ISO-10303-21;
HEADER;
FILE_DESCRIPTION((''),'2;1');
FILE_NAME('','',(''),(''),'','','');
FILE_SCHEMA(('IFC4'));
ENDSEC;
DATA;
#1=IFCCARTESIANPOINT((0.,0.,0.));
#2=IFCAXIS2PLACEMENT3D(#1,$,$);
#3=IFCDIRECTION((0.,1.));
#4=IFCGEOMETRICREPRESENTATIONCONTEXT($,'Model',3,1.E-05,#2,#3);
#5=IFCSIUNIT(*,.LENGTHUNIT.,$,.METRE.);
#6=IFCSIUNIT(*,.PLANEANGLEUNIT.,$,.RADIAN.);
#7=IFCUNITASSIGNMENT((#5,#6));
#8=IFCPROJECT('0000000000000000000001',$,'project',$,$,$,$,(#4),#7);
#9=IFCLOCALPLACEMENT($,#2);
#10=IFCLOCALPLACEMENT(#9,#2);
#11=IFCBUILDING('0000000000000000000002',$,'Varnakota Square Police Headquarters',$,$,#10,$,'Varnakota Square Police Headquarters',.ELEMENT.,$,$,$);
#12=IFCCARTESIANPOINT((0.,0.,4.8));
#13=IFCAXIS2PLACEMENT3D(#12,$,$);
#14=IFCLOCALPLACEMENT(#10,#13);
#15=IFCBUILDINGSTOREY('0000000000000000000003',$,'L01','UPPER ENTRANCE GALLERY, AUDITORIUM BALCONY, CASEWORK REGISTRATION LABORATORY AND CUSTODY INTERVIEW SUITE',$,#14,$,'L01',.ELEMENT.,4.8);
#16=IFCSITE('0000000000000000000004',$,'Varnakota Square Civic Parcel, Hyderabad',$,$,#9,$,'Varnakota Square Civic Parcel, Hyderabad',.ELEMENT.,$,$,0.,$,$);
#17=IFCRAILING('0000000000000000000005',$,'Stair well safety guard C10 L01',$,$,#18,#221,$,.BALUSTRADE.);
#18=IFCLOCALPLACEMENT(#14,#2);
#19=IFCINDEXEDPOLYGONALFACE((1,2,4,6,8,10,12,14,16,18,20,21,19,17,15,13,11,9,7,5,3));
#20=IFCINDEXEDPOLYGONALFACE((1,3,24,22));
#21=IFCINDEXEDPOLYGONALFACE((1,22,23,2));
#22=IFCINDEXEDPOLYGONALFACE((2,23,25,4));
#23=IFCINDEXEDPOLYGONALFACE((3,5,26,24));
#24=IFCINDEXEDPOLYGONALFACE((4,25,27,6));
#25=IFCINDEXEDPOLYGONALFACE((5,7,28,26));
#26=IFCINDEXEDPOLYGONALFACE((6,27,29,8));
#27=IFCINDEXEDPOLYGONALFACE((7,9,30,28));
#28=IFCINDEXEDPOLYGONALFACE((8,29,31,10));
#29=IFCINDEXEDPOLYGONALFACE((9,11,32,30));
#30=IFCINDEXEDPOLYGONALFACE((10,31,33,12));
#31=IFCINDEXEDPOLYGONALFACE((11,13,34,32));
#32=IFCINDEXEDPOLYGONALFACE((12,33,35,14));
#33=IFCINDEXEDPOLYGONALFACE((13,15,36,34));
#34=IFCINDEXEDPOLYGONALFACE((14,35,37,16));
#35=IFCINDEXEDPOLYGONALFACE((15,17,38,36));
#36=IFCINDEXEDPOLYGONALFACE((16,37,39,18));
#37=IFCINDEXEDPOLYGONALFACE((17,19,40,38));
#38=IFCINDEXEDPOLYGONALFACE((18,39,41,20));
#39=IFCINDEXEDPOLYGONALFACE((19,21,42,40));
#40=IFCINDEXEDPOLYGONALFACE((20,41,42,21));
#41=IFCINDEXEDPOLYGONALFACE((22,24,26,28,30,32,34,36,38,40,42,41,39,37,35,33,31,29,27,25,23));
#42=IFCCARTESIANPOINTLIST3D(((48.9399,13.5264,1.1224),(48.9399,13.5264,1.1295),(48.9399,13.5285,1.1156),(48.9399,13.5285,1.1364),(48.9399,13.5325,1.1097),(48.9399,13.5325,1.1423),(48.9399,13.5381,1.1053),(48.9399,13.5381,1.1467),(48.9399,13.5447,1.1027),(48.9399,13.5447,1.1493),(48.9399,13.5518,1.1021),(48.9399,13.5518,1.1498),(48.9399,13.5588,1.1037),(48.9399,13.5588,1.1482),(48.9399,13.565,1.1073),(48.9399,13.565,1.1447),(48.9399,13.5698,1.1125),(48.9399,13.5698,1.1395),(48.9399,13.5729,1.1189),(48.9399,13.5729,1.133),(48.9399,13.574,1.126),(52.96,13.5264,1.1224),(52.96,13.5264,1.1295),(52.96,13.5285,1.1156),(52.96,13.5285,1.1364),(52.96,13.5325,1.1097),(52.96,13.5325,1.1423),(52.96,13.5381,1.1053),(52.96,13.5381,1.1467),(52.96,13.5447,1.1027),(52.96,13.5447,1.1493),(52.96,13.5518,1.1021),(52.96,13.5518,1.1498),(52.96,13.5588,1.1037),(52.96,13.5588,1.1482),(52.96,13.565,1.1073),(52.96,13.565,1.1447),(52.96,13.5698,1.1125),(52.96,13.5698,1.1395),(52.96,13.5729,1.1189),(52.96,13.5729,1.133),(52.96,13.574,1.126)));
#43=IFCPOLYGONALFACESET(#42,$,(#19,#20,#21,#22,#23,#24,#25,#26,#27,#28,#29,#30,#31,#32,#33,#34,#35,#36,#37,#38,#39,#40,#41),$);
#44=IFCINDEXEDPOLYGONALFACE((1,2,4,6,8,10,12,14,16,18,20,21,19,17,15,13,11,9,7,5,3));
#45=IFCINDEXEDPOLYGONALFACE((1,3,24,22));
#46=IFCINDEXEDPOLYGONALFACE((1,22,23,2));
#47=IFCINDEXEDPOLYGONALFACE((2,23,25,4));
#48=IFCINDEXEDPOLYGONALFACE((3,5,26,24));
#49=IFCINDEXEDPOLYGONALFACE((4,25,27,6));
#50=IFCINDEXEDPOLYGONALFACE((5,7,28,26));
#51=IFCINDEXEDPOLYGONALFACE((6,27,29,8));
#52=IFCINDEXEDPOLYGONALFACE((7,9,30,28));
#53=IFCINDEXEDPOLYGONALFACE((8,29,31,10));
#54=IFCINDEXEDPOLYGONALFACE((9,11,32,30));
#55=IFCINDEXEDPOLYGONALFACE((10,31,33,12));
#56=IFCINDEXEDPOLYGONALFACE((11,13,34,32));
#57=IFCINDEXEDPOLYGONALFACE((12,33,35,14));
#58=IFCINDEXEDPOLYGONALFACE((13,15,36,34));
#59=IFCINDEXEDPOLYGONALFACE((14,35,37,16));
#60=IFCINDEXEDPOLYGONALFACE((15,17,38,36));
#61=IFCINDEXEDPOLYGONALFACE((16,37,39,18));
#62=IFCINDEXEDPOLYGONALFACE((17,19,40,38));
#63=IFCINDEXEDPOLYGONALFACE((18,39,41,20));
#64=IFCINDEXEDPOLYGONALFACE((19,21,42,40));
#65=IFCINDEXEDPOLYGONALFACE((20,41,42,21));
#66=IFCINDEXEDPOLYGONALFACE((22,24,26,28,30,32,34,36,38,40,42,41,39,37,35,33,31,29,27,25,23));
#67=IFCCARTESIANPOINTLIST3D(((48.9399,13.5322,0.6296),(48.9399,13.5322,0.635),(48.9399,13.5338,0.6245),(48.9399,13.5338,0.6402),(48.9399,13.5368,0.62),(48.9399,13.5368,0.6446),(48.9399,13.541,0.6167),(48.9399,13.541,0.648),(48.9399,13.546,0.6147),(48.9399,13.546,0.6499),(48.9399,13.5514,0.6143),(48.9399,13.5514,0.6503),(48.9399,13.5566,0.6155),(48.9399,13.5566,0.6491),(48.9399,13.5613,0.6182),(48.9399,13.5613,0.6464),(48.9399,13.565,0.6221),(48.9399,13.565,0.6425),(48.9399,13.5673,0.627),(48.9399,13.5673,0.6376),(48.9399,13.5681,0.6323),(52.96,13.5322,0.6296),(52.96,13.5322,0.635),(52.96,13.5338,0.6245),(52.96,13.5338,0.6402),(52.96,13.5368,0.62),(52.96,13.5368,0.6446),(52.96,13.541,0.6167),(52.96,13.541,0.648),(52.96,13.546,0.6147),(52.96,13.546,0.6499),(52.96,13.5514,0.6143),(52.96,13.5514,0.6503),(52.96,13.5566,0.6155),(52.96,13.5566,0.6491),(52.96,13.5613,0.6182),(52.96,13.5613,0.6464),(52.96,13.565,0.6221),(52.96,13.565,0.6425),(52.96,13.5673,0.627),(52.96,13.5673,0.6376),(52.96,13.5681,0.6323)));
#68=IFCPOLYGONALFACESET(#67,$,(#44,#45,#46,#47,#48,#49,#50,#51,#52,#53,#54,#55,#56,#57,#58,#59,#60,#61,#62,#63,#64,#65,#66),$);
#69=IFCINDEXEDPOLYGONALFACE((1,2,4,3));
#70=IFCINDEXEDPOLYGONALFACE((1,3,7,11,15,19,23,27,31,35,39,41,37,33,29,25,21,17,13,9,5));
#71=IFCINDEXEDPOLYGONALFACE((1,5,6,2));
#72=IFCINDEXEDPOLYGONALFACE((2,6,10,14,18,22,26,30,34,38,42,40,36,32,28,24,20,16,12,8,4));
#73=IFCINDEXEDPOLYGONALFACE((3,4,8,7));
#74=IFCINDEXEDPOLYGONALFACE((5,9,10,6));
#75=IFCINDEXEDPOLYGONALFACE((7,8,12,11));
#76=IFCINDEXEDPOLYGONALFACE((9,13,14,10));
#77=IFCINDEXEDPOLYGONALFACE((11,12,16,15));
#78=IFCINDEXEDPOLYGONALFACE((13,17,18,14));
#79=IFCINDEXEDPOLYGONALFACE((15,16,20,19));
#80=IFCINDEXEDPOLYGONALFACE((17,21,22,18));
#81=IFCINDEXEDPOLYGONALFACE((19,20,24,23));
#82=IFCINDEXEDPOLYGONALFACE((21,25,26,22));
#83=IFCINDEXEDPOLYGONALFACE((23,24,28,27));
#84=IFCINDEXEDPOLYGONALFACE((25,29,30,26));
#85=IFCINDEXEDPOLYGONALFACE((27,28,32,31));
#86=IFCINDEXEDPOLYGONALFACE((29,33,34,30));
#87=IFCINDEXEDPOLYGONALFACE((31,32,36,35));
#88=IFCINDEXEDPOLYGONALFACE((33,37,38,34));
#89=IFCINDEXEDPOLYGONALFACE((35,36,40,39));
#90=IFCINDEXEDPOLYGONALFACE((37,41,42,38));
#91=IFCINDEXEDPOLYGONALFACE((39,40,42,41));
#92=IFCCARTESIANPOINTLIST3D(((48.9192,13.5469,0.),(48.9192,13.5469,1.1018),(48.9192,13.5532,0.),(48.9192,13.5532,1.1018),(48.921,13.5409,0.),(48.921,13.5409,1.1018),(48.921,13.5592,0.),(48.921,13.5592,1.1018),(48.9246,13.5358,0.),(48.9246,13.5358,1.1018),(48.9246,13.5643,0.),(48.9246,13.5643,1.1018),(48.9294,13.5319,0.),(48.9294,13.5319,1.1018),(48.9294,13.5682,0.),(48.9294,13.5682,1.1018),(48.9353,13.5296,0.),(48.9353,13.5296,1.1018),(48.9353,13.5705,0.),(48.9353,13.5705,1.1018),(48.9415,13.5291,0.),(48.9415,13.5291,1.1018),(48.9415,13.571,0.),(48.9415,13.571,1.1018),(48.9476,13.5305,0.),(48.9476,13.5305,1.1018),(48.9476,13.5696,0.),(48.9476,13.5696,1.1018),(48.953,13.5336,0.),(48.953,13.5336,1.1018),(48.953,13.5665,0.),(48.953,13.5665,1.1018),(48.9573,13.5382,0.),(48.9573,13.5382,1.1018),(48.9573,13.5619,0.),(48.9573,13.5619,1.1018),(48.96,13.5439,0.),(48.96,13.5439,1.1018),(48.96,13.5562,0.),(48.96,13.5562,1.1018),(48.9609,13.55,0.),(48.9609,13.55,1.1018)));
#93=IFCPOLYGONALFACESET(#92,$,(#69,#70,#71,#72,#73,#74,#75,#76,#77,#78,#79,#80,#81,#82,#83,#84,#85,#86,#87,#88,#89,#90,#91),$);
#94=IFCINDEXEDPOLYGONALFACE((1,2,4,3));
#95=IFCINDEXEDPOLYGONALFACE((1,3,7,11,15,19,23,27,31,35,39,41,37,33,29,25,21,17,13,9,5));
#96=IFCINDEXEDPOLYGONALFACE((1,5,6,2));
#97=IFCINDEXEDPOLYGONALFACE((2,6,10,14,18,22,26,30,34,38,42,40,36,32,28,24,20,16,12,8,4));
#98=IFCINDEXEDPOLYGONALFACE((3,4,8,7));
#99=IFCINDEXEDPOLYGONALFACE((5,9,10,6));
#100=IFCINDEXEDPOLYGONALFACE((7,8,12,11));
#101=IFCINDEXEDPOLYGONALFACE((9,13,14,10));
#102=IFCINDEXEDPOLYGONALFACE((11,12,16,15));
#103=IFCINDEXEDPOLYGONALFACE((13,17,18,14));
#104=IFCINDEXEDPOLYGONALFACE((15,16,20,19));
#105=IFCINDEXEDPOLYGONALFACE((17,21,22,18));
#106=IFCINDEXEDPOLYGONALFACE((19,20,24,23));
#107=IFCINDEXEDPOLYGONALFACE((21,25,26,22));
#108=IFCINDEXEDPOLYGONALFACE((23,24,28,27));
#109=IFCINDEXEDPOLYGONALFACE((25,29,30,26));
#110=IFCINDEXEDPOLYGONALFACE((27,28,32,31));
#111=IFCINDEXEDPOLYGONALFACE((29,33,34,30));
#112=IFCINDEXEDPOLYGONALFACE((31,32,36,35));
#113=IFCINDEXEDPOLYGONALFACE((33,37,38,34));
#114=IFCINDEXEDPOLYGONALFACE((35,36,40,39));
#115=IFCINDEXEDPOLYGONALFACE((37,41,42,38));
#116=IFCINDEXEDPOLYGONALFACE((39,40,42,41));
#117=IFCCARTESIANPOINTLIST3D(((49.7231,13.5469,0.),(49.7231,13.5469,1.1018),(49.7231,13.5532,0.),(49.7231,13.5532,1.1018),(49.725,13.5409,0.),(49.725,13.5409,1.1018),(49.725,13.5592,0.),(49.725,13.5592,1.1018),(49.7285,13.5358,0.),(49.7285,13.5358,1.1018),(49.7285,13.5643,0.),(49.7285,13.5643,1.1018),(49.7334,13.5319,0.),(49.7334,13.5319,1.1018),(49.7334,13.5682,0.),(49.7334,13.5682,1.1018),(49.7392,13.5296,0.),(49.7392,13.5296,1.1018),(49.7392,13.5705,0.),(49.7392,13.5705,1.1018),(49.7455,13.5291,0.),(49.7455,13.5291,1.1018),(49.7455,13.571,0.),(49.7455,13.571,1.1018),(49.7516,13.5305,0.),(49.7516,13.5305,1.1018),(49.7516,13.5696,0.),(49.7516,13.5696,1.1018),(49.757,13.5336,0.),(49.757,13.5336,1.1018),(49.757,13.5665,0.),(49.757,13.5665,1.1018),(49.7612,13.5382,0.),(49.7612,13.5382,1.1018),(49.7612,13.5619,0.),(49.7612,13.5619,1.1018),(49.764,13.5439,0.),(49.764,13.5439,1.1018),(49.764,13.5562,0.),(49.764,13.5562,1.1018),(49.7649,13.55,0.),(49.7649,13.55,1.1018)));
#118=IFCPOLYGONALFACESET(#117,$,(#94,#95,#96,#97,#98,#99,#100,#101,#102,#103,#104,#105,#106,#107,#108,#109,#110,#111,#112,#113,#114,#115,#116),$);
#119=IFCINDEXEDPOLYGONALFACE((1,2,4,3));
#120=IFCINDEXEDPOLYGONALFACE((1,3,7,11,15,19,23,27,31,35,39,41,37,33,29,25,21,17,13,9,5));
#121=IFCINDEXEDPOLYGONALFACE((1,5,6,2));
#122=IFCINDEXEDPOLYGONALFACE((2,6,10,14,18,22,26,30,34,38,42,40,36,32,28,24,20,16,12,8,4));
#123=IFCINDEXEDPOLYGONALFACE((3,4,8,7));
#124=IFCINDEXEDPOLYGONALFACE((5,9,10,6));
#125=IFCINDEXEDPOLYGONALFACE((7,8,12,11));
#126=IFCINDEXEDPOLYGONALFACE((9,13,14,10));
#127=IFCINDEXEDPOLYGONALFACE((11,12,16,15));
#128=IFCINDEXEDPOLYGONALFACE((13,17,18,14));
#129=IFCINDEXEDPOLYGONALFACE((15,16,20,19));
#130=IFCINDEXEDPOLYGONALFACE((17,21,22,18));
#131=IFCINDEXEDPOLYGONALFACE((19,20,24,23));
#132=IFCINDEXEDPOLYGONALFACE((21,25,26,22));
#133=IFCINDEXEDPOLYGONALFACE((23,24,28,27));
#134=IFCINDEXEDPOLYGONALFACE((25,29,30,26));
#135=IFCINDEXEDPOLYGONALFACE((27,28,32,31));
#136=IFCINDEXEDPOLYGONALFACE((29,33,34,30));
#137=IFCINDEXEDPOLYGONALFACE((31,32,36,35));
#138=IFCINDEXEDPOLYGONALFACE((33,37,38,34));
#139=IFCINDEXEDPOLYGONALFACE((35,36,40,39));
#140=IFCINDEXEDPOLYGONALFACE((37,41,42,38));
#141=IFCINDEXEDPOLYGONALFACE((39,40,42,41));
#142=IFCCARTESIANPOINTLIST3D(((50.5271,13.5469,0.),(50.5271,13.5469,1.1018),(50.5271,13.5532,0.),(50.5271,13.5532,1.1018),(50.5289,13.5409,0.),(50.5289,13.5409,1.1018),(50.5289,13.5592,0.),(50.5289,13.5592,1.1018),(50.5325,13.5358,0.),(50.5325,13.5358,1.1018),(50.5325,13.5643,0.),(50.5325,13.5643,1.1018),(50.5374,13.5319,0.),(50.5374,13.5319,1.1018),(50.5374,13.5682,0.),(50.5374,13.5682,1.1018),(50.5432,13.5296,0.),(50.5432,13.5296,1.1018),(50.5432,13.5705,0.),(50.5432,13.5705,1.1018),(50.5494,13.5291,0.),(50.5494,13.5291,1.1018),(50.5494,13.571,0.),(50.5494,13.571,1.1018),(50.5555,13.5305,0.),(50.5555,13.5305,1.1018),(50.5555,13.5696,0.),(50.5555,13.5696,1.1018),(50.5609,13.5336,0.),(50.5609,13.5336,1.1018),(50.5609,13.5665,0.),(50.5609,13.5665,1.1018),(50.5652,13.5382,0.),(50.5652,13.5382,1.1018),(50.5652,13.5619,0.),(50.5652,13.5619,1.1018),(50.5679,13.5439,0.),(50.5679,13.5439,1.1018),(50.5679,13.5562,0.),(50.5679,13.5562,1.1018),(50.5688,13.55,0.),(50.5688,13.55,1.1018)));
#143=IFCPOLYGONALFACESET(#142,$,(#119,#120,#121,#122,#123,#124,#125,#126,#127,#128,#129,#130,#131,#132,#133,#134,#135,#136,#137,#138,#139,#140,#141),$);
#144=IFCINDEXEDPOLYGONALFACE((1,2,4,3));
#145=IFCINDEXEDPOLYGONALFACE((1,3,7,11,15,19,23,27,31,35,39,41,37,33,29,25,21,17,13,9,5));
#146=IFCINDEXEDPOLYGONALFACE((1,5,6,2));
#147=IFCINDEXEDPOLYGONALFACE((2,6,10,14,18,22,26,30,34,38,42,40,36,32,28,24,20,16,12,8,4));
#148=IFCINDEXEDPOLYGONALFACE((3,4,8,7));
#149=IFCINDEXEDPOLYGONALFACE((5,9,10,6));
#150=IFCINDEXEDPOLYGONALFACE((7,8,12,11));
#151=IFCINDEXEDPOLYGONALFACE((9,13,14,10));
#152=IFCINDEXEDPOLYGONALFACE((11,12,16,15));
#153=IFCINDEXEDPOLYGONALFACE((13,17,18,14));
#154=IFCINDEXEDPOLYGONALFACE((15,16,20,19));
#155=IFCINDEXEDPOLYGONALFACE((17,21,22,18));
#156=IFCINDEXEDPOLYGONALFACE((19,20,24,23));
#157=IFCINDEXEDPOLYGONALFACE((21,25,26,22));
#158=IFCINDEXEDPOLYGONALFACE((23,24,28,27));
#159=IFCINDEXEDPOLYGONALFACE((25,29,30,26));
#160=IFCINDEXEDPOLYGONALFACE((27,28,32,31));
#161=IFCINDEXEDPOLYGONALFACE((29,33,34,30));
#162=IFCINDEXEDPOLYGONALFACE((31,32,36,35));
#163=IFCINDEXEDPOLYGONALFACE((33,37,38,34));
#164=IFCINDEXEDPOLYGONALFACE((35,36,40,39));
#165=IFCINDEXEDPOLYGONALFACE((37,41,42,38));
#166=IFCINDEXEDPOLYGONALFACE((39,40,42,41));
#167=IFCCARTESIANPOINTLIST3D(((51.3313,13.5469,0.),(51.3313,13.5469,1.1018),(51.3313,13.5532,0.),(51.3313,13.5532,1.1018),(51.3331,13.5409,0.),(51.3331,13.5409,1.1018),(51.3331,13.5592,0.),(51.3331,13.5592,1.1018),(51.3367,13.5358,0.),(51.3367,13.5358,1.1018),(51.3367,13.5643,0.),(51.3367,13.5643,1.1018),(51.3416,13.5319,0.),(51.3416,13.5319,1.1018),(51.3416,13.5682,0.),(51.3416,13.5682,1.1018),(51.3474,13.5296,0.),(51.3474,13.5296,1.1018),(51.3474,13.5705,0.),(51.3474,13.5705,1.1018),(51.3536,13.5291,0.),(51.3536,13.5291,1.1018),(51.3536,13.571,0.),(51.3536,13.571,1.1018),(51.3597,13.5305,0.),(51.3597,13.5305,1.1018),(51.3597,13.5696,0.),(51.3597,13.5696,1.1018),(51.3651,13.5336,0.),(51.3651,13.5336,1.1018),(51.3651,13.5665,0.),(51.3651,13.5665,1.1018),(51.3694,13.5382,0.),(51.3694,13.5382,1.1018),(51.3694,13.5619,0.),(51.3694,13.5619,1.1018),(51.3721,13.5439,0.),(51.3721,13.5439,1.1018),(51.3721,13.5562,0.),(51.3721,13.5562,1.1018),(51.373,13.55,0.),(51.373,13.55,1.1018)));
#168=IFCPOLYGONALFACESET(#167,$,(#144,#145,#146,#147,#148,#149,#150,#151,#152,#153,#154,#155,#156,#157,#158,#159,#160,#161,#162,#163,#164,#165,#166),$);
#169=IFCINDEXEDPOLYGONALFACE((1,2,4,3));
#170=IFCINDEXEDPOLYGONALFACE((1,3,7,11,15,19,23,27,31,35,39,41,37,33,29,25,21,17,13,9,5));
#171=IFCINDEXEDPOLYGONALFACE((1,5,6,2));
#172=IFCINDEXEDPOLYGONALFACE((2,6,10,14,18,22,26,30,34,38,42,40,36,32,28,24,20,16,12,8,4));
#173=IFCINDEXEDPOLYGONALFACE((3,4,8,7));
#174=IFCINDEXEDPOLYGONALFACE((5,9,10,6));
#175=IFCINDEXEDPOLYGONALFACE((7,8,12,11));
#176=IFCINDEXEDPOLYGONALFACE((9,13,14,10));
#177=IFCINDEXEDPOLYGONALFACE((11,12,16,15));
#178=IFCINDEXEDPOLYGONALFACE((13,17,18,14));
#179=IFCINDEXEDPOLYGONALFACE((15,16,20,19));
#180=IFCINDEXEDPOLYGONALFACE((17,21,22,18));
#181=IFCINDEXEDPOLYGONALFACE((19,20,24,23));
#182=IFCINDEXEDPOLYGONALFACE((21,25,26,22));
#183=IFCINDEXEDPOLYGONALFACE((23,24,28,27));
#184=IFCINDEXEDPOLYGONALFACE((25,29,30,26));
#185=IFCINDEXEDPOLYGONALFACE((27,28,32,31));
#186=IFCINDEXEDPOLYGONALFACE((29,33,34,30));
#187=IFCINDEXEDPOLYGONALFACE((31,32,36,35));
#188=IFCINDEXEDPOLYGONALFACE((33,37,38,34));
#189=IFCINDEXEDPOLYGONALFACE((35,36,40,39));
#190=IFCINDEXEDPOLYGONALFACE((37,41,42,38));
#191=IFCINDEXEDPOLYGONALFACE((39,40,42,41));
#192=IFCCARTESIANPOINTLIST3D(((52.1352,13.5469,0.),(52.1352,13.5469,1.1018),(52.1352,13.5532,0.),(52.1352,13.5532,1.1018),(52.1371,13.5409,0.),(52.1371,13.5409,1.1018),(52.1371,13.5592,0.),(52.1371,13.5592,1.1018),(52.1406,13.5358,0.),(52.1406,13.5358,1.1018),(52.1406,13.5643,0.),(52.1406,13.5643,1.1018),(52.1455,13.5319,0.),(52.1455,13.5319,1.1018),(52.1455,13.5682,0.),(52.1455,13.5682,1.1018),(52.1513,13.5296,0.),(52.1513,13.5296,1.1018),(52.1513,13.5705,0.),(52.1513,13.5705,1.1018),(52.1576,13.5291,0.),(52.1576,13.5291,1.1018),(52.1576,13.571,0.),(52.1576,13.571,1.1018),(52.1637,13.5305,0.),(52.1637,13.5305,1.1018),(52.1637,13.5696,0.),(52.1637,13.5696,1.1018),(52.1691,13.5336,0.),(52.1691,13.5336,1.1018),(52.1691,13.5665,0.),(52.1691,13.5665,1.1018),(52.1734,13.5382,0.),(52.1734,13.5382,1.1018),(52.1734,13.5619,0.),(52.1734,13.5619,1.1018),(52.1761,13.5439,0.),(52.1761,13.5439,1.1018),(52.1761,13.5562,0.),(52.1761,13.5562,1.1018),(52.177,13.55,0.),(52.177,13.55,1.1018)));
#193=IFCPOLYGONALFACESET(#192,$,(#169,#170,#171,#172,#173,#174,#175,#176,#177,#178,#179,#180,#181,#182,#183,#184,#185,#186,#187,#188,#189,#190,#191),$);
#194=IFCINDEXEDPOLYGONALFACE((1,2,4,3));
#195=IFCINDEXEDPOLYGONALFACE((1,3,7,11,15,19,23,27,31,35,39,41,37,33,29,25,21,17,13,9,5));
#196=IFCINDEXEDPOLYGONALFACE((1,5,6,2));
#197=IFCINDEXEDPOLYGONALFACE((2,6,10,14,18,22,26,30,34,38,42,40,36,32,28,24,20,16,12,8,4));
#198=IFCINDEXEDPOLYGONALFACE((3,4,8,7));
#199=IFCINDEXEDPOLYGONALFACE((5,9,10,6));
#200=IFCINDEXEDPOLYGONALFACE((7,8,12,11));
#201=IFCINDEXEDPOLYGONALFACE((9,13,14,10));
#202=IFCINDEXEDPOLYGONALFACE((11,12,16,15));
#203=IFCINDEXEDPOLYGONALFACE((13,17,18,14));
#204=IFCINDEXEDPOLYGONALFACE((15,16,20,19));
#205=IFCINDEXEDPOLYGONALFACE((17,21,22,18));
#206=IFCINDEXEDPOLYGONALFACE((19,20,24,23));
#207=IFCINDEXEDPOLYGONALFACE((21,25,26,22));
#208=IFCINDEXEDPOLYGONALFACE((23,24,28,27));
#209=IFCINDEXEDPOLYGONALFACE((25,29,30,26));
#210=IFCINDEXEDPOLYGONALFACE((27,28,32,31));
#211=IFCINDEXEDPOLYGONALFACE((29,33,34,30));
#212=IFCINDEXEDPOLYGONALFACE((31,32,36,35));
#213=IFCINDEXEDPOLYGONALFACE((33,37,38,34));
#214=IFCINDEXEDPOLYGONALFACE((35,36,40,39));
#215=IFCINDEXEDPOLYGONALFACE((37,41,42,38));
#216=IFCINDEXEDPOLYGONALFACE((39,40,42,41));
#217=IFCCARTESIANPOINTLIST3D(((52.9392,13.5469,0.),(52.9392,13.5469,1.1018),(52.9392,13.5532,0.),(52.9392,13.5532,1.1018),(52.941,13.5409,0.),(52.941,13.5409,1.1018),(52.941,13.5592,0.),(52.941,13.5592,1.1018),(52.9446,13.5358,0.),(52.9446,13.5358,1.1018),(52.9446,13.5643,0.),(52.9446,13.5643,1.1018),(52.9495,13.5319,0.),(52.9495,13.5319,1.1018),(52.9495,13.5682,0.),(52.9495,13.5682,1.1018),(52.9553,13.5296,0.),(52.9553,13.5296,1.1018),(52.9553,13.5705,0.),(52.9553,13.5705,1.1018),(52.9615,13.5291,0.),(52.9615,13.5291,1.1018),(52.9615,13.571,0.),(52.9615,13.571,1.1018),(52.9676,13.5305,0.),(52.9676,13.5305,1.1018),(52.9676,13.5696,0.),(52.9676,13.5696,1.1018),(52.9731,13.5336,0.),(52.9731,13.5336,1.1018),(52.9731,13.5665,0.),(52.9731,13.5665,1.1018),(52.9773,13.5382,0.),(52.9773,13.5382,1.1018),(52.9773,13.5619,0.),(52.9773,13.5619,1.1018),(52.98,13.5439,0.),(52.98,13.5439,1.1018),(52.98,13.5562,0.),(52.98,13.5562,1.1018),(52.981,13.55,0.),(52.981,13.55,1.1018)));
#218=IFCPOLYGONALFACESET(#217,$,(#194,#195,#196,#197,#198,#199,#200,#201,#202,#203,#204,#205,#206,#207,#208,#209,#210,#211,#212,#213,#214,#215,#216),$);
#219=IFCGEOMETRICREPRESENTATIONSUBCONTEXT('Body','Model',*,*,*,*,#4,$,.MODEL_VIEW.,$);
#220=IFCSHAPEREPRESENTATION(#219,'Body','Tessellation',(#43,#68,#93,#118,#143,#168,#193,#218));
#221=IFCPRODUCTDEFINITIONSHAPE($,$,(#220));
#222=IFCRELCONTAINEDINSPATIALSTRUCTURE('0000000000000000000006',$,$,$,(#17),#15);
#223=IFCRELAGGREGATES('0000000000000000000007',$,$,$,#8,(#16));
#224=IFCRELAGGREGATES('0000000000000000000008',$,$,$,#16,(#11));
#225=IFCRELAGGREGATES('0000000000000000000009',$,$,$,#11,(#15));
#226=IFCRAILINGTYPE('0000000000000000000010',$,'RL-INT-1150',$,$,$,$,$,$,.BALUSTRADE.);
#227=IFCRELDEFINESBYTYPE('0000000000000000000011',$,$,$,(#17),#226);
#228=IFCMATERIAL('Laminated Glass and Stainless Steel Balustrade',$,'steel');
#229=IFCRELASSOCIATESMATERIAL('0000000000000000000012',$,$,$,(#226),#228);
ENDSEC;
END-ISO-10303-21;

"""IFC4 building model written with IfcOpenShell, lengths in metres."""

from ifc_helpers import new_model, si_unit, direction, frame, origin, origin_2d, place, context, subcontext, project, spatial, circle, extrude, material, type_object, element, save


model = new_model("IFC4")

# Units and contexts
model_context = context("Model", 3, precision=1e-05, world=origin(), true_north=direction((0.0, 1.0)))
body_context = subcontext(model_context, "Body", "Model", "MODEL_VIEW")
ifc_project = project(units=[si_unit("LENGTHUNIT", "METRE"), si_unit("PLANEANGLEUNIT", "RADIAN")], contexts=[model_context])

# Site, building, storey
site_placement = place(None, origin())
site = spatial("IfcSite", under=ifc_project, at=site_placement, Name="Varnakota Square Civic Parcel, Hyderabad", LongName="Varnakota Square Civic Parcel, Hyderabad", CompositionType="ELEMENT", RefElevation=0.0)
building_placement = place(site_placement, origin())
building = spatial("IfcBuilding", under=site, at=building_placement, Name="Varnakota Square Police Headquarters", LongName="Varnakota Square Police Headquarters", CompositionType="ELEMENT")
storey_placement = place(building_placement, frame((0.0, 0.0, 4.8)))
storey = spatial("IfcBuildingStorey", under=building, at=storey_placement, Name="L01", Description="UPPER ENTRANCE GALLERY, AUDITORIUM BALCONY, CASEWORK REGISTRATION LABORATORY AND CUSTODY INTERVIEW SUITE", LongName="L01", CompositionType="ELEMENT", Elevation=4.8)

# Railing
ifc_material_1 = material(Name="Laminated Glass and Stainless Steel Balustrade", Category="steel")
railing_type = type_object("IfcRailingType", Name="RL-INT-1150", PredefinedType="BALUSTRADE", material=ifc_material_1)
railing_placement = place(storey_placement, frame((48.9399, 13.55, 0.0)))
element("IfcRailing", 1, at=railing_placement, inside=storey, type_object=railing_type, Name="Stair well safety guard C10 L01", PredefinedType="BALUSTRADE", context=body_context, shape_type="SweptSolid", body=[
    extrude(circle(Radius=0.0239, at=origin_2d()), frame((0.0, 0.0, 1.126), z_axis=(1.0, 0.0, 0.0), x_axis=(0.0, 1.0, 0.0)), (0.0, 0.0, 1.0), 4.02),
    extrude(circle(Radius=0.0181, at=origin_2d()), frame((0.0, 0.0, 0.6323), z_axis=(1.0, 0.0, 0.0), x_axis=(0.0, 1.0, 0.0)), (0.0, 0.0, 1.0), 4.02),
    extrude(circle(Radius=0.021, at=origin_2d()), origin(), (0.0, 0.0, 1.0), 1.1018),
    extrude(circle(Radius=0.021, at=origin_2d()), frame((0.804, 0.0, 0.0)), (0.0, 0.0, 1.0), 1.1018),
    extrude(circle(Radius=0.021, at=origin_2d()), frame((1.6079, 0.0, 0.0)), (0.0, 0.0, 1.0), 1.1018),
    extrude(circle(Radius=0.021, at=origin_2d()), frame((2.4121, 0.0, 0.0)), (0.0, 0.0, 1.0), 1.1018),
    extrude(circle(Radius=0.021, at=origin_2d()), frame((3.2161, 0.0, 0.0)), (0.0, 0.0, 1.0), 1.1018),
    extrude(circle(Radius=0.021, at=origin_2d()), frame((4.02, 0.0, 0.0)), (0.0, 0.0, 1.0), 1.1018),
])

save(model, "model.ifc")
